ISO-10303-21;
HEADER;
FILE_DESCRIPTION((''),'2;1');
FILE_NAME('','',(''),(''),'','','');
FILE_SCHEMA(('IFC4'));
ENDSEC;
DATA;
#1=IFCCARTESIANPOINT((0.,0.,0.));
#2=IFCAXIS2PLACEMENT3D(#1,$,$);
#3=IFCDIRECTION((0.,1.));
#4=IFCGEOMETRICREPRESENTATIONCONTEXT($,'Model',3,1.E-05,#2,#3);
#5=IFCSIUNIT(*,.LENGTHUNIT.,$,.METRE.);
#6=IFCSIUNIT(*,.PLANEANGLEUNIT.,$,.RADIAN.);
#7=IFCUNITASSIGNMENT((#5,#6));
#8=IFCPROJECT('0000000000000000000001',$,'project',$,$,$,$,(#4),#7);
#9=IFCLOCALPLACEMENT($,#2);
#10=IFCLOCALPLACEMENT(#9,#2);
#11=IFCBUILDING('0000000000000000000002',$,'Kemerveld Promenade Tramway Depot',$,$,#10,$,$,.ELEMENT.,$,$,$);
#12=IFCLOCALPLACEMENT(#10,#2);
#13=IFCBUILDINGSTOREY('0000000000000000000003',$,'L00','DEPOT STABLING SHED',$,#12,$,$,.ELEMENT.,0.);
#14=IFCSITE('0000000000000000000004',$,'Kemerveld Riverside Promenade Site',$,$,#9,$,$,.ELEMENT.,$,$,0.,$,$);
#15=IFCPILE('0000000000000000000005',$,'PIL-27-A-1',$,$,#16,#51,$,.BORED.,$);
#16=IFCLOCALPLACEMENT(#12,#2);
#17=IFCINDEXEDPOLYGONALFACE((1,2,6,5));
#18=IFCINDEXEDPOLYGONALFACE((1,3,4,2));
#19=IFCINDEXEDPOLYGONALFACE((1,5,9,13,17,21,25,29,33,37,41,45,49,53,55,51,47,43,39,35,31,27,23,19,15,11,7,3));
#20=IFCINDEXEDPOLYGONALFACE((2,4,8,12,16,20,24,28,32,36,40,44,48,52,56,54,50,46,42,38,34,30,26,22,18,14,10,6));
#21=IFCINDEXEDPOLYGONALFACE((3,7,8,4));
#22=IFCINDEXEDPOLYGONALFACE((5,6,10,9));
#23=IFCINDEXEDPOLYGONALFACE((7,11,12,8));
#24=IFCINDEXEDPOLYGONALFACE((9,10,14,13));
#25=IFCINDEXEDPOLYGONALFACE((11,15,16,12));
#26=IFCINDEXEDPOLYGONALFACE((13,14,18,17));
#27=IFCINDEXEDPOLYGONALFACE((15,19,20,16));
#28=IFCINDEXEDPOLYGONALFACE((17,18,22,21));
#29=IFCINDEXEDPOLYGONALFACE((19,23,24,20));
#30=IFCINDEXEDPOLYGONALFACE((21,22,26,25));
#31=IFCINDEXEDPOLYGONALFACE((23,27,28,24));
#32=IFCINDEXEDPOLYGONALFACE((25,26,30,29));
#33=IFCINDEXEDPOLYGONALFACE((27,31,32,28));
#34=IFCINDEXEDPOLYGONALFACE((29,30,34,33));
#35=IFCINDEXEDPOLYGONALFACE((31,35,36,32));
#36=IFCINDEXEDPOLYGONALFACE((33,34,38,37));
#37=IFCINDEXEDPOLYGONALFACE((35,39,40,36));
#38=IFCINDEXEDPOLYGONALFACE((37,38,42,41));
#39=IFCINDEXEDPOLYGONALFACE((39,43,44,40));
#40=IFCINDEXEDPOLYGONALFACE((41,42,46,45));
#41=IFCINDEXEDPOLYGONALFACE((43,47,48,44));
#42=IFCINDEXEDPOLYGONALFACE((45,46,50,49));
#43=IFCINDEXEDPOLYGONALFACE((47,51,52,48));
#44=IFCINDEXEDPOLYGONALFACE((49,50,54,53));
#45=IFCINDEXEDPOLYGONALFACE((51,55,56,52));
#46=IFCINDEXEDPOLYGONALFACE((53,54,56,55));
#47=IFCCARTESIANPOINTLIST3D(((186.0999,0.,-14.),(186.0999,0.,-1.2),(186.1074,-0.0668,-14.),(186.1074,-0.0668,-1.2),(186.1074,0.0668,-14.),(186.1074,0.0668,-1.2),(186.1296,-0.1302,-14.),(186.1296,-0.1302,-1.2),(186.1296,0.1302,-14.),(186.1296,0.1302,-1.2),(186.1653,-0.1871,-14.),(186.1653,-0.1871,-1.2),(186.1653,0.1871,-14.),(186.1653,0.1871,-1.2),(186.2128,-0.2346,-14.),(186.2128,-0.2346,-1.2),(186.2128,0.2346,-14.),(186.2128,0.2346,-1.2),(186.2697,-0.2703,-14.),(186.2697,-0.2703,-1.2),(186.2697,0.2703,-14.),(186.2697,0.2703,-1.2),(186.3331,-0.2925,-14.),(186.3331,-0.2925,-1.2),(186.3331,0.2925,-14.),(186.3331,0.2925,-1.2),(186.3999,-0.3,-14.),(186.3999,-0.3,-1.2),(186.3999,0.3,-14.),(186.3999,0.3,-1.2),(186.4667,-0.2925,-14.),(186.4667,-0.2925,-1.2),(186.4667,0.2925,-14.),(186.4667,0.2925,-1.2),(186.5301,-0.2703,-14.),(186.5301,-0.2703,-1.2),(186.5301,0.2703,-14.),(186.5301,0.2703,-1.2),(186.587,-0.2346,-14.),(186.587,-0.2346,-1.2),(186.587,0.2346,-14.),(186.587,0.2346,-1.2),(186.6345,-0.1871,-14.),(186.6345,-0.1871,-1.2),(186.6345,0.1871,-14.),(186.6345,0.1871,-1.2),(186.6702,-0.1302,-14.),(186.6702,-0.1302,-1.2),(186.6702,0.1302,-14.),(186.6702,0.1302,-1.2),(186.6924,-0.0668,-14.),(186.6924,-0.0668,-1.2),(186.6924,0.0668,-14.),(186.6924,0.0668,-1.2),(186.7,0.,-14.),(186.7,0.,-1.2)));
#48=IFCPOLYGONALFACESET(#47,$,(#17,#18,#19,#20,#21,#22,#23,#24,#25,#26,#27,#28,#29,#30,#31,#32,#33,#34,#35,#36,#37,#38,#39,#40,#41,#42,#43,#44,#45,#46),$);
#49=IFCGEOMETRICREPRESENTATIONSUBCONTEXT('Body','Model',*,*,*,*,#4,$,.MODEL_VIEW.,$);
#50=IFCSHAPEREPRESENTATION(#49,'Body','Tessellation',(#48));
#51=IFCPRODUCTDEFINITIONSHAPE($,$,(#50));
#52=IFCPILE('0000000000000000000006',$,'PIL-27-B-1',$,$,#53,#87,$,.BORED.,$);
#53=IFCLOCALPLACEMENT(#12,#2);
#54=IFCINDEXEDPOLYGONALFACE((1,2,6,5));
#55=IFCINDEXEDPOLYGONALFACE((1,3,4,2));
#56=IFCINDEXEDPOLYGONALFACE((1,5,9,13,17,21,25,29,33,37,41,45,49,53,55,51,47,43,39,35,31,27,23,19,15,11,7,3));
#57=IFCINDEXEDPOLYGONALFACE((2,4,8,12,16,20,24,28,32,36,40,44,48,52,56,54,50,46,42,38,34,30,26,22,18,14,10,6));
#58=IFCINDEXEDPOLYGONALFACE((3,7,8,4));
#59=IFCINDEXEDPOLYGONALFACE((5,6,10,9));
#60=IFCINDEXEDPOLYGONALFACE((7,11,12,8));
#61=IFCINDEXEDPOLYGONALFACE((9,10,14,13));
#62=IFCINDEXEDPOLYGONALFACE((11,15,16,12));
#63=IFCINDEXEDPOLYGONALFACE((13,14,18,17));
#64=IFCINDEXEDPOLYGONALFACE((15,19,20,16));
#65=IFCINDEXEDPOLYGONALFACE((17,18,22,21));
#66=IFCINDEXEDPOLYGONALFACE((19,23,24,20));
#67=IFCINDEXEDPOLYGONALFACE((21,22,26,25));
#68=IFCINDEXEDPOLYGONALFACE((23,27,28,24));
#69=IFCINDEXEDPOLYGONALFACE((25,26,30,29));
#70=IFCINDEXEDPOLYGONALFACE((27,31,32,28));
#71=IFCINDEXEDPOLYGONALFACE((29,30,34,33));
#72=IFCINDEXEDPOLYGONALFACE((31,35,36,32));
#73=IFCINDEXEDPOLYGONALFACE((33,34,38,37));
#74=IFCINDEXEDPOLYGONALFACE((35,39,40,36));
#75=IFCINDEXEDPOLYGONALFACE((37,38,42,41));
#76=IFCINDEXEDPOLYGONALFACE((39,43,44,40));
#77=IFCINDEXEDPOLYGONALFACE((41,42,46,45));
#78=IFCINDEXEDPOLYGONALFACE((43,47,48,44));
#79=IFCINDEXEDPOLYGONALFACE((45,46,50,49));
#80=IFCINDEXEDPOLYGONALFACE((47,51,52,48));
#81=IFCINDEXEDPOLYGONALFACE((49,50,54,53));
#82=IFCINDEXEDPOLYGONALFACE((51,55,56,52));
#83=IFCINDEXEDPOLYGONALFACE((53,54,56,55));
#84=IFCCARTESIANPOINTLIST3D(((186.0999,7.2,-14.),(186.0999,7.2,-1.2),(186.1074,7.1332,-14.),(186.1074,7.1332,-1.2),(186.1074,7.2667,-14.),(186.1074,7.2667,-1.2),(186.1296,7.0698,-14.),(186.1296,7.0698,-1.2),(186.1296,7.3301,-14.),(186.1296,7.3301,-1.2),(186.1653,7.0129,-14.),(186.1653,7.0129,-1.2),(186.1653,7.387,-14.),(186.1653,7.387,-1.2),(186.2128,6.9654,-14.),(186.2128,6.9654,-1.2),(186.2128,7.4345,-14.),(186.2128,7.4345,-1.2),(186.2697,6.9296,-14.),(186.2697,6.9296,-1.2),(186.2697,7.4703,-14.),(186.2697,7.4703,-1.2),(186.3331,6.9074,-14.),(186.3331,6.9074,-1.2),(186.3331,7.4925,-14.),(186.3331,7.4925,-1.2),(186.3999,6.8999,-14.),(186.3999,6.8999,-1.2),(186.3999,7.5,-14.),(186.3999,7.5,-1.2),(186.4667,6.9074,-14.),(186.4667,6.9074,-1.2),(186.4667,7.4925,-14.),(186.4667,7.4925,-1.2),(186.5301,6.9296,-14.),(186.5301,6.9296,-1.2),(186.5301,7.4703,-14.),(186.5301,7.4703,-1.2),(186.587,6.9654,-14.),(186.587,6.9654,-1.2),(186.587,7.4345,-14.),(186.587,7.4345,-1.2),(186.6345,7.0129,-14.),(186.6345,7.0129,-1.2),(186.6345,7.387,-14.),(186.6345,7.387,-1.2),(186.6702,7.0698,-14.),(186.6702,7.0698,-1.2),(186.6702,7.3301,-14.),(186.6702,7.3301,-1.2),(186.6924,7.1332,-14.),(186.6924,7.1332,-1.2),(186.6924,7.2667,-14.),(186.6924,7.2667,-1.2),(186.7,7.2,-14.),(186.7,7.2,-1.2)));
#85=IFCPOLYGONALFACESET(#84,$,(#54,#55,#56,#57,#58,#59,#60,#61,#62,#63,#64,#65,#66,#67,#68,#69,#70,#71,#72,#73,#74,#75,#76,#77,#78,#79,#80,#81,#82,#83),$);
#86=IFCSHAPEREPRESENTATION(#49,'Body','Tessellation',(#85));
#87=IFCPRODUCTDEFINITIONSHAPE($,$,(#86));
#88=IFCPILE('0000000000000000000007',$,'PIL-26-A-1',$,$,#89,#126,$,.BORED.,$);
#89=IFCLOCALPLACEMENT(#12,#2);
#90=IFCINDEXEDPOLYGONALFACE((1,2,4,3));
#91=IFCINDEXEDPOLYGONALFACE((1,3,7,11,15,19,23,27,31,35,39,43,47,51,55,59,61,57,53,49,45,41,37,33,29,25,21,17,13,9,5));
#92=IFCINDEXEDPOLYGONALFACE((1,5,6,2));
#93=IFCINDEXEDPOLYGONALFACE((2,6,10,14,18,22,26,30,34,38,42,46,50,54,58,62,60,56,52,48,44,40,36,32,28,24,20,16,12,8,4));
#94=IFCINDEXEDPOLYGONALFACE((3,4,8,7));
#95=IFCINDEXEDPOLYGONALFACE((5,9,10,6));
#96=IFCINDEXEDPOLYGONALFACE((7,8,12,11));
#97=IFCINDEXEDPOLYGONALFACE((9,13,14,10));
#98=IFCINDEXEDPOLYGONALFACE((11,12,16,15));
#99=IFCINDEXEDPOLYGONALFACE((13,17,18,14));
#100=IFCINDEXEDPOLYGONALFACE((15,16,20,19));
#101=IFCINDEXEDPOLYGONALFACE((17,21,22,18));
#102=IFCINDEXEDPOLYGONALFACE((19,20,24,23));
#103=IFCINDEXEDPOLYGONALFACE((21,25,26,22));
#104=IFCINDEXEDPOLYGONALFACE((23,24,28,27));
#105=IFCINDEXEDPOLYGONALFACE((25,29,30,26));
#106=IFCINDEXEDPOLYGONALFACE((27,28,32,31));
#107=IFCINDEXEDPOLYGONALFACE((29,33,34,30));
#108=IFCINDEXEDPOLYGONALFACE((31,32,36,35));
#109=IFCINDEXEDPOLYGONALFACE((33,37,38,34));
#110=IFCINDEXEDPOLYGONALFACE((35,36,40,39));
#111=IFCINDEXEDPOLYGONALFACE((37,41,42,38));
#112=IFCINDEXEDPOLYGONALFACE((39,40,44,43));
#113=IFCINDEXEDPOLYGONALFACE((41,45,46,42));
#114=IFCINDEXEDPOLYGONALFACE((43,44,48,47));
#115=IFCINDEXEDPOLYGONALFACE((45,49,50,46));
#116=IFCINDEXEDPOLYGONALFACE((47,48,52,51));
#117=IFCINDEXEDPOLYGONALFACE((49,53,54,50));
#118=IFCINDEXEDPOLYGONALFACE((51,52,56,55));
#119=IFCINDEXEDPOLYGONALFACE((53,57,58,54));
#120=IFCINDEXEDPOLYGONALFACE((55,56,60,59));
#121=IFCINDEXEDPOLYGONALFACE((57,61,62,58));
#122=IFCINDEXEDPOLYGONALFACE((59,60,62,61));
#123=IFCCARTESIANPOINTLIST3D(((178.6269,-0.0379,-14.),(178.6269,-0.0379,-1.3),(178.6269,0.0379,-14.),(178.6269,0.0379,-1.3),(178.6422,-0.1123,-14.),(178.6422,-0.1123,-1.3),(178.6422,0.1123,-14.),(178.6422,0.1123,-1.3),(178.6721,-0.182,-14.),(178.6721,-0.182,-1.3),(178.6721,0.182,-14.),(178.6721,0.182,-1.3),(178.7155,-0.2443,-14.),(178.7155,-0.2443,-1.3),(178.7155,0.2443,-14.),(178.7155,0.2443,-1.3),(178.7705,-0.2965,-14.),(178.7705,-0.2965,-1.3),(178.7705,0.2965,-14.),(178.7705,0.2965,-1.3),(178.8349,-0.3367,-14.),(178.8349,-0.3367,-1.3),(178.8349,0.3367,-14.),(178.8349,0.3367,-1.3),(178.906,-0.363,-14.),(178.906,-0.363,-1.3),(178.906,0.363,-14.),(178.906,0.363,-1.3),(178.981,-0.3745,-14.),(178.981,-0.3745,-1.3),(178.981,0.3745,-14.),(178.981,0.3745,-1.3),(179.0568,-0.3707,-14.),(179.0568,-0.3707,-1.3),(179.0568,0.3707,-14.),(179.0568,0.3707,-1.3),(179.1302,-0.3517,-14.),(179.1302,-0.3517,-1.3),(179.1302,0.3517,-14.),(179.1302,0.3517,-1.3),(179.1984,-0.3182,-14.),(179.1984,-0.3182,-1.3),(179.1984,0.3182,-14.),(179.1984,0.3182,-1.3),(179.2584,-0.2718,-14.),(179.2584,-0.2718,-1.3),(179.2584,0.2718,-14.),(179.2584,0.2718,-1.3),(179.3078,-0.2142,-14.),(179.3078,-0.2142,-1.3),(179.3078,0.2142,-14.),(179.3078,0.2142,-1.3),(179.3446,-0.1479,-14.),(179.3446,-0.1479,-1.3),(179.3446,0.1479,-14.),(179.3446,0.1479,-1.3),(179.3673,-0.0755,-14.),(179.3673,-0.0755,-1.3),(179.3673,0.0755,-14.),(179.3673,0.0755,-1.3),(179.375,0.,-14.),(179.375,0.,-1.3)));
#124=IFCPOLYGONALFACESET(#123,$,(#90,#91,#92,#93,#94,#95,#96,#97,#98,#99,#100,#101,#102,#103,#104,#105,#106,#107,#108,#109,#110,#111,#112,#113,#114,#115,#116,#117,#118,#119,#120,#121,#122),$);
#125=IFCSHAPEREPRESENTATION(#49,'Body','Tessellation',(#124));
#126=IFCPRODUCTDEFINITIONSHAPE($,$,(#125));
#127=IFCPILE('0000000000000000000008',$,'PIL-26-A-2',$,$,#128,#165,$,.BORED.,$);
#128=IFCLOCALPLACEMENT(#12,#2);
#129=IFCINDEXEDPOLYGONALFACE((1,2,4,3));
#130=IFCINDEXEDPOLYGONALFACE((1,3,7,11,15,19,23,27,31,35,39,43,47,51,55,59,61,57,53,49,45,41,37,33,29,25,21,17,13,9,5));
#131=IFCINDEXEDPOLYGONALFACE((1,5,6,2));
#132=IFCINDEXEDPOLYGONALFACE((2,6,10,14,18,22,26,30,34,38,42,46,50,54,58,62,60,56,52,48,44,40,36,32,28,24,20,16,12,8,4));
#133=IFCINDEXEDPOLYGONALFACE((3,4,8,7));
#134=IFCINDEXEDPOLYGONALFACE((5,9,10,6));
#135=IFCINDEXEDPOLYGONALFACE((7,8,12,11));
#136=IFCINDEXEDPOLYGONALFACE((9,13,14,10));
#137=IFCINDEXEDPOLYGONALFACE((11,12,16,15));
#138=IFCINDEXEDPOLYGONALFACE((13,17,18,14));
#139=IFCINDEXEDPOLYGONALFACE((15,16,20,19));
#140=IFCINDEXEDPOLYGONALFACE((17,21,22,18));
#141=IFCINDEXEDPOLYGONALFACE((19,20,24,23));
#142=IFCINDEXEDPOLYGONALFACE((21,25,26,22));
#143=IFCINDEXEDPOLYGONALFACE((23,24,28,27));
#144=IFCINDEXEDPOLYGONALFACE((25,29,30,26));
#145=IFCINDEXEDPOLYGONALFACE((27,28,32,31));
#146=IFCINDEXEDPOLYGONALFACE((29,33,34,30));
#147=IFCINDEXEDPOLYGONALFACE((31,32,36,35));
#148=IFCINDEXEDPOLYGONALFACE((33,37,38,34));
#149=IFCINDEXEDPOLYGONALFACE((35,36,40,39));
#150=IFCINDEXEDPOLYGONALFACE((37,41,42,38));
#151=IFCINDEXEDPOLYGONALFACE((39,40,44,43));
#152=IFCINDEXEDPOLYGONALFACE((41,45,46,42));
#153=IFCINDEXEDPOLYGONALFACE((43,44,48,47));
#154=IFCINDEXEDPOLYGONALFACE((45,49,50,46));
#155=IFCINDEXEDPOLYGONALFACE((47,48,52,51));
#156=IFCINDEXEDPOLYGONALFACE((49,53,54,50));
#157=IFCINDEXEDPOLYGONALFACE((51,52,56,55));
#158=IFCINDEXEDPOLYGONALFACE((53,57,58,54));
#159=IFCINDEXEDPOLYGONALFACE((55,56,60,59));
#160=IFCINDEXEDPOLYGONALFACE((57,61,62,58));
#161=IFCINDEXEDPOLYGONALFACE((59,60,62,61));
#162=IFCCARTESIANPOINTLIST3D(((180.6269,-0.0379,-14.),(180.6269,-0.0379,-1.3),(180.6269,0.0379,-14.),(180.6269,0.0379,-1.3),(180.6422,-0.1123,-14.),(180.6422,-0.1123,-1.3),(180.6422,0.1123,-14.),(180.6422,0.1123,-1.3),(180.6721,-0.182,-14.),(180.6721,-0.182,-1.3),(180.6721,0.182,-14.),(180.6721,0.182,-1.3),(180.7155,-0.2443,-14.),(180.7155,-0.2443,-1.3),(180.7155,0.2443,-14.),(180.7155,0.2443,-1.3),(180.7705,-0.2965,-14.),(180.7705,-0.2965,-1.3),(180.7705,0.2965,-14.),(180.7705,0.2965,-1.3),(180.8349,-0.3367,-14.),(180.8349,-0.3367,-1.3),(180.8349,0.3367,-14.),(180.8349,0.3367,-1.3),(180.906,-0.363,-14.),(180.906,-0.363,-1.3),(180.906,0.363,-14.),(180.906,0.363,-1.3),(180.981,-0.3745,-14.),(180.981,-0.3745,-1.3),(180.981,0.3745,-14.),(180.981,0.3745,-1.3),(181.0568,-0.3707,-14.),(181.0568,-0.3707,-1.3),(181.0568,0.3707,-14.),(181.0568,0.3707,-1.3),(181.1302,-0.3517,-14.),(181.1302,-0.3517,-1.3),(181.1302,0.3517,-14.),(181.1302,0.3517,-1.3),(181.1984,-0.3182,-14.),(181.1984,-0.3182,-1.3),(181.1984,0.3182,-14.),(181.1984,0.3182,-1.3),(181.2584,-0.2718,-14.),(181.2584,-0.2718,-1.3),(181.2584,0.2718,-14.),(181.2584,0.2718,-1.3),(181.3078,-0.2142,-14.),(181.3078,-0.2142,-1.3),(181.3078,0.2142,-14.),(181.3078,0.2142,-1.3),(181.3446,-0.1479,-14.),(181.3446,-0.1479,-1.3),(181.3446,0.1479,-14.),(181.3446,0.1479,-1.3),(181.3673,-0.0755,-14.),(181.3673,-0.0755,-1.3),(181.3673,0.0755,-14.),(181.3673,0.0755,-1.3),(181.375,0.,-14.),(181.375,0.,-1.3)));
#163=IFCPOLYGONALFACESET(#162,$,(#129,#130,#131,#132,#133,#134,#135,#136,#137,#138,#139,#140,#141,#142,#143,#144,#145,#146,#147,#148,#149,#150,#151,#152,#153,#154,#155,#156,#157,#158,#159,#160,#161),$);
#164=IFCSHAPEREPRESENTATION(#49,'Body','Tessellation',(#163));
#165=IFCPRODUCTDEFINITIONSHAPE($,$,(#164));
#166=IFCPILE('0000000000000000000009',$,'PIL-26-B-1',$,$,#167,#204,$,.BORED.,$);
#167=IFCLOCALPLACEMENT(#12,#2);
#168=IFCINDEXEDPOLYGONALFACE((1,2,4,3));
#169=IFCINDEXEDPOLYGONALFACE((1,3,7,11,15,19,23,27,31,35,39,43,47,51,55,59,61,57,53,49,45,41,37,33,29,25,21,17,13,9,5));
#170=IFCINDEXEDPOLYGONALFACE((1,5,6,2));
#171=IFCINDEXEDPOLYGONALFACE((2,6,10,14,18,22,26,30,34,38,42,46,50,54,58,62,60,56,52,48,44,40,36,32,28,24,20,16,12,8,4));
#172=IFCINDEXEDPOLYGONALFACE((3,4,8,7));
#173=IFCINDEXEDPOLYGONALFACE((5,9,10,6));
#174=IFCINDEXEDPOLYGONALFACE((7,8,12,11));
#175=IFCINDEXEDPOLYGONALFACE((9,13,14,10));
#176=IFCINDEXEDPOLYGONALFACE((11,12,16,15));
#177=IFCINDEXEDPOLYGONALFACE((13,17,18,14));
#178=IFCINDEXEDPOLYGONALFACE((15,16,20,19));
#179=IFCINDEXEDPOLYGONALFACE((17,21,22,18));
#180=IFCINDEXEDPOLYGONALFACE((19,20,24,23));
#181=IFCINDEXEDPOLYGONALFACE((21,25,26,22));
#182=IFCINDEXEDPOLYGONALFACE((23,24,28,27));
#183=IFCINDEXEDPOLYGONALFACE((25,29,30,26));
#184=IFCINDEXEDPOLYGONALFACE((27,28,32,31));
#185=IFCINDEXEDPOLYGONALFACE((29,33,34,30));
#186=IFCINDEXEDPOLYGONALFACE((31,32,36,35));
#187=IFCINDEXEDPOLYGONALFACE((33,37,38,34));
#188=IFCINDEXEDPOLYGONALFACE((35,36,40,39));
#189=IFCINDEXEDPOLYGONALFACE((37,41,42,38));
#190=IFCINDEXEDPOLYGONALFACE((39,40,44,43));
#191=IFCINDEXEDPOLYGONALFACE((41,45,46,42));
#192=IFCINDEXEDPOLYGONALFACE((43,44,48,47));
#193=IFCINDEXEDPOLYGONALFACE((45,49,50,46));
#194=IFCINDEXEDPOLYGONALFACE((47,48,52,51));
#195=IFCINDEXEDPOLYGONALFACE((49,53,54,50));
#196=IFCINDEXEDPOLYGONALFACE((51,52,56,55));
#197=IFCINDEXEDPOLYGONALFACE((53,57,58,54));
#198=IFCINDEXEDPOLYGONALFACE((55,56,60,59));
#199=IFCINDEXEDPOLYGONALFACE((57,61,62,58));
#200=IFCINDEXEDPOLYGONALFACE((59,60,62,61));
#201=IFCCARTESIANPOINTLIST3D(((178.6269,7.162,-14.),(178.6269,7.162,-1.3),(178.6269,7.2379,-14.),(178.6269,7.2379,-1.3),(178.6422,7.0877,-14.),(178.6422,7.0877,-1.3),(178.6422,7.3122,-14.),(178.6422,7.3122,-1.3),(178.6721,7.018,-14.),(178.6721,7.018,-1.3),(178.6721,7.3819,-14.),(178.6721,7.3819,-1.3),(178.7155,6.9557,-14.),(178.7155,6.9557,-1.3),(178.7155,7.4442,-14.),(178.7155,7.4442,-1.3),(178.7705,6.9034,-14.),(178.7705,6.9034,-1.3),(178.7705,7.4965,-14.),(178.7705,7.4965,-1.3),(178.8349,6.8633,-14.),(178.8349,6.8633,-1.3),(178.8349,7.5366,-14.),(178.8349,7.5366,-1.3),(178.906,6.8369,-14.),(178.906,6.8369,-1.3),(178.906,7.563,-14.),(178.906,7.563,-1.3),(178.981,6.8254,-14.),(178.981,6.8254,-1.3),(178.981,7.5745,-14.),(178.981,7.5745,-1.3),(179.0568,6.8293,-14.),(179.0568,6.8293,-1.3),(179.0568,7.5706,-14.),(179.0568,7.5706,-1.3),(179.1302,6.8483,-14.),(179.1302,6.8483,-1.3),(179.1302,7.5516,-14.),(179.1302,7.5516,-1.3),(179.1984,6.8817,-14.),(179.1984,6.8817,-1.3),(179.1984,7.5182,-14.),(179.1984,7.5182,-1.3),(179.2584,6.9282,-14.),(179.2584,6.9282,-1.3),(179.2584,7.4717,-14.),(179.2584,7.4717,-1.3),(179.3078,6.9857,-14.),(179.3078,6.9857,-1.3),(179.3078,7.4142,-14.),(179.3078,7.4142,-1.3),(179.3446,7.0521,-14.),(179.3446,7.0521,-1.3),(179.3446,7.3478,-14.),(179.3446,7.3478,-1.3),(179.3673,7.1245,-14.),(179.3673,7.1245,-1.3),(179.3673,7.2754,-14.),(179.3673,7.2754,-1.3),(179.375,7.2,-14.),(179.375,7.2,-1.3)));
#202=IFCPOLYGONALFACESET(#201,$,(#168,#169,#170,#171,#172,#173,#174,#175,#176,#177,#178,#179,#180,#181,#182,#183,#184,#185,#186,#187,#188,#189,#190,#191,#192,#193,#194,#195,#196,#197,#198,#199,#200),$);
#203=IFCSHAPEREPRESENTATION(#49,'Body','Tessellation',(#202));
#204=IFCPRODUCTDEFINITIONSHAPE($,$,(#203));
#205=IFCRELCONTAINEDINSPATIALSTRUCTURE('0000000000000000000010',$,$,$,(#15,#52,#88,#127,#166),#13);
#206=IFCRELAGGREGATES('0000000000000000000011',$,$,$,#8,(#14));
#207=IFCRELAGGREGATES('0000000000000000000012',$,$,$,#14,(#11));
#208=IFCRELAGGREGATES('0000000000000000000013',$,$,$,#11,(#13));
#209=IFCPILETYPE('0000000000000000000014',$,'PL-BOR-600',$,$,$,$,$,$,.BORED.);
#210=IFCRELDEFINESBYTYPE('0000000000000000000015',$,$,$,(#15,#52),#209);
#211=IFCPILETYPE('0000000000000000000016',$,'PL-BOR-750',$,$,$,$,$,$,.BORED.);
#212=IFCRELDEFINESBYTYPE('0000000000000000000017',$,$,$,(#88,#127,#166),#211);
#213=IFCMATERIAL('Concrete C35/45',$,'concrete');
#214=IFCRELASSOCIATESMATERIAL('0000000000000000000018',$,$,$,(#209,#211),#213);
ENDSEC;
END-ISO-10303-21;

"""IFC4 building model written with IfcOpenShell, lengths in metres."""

from ifc_helpers import new_model, si_unit, direction, frame, origin, origin_2d, place, context, subcontext, project, spatial, circle, extrude, material, material_profile, profile_set, type_object, element, save


model = new_model("IFC4")

# Units and contexts
model_context = context("Model", 3, precision=1e-05, world=origin(), true_north=direction((0.0, 1.0)))
body_context = subcontext(model_context, "Body", "Model", "MODEL_VIEW")
ifc_project = project(units=[si_unit("LENGTHUNIT", "METRE"), si_unit("PLANEANGLEUNIT", "RADIAN")], contexts=[model_context])

# Site, building, storey
site_placement = place(None, origin())
site = spatial("IfcSite", under=ifc_project, at=site_placement, Name="Kemerveld Riverside Promenade Site", CompositionType="ELEMENT", RefElevation=0.0)
building_placement = place(site_placement, origin())
building = spatial("IfcBuilding", under=site, at=building_placement, Name="Kemerveld Promenade Tramway Depot", CompositionType="ELEMENT")
storey_placement = place(building_placement, origin())
storey = spatial("IfcBuildingStorey", under=building, at=storey_placement, Name="L00", Description="DEPOT STABLING SHED", CompositionType="ELEMENT", Elevation=0.0)

# Shared definitions
ifc_material_1 = material(Name="Concrete C35/45", Category="concrete")

# Piles
ifc_material_profile_1 = material_profile(ifc_material_1, circle(Radius=0.3, at=origin_2d()), Name="PILE-D600")
ifc_profile_set_1 = profile_set([ifc_material_profile_1], Name="Concrete C35/45")
pile_type_1 = type_object("IfcPileType", Name="PL-BOR-600", PredefinedType="BORED", material=ifc_profile_set_1)
for number, where, z_axis, x_axis, name in (
    (1, (186.3999, 0.0, -1.2), (0.0, 0.0, -1.0), (1.0, 0.0, 0.0), "PIL-27-A-1"),
    (2, (186.3999, 7.2, -1.2), (0.0, 0.0, -1.0), (1.0, 0.0, 0.0), "PIL-27-B-1"),
):
    element("IfcPile", number, at=place(storey_placement, frame(where, z_axis=z_axis, x_axis=x_axis)), inside=storey, type_object=pile_type_1, Name=name, PredefinedType="BORED", context=body_context, shape_type="SweptSolid", body=[
        extrude(circle(Radius=0.3, at=origin_2d()), origin(), (0.0, 0.0, 1.0), 12.8),
    ])
ifc_material_profile_2 = material_profile(ifc_material_1, circle(Radius=0.375, at=origin_2d()), Name="PILE-D750")
ifc_profile_set_2 = profile_set([ifc_material_profile_2], Name="Concrete C35/45")
pile_type_2 = type_object("IfcPileType", Name="PL-BOR-750", PredefinedType="BORED", material=ifc_profile_set_2)
for number, where, z_axis, x_axis, name in (
    (3, (179.0, 0.0, -1.3), (0.0, 0.0, -1.0), (1.0, 0.0, 0.0), "PIL-26-A-1"),
    (4, (181.0, 0.0, -1.3), (0.0, 0.0, -1.0), (1.0, 0.0, 0.0), "PIL-26-A-2"),
    (5, (179.0, 7.2, -1.3), (0.0, 0.0, -1.0), (1.0, 0.0, 0.0), "PIL-26-B-1"),
):
    element("IfcPile", number, at=place(storey_placement, frame(where, z_axis=z_axis, x_axis=x_axis)), inside=storey, type_object=pile_type_2, Name=name, PredefinedType="BORED", context=body_context, shape_type="SweptSolid", body=[
        extrude(circle(Radius=0.375, at=origin_2d()), origin(), (0.0, 0.0, 1.0), 12.7),
    ])

save(model, "model.ifc")
